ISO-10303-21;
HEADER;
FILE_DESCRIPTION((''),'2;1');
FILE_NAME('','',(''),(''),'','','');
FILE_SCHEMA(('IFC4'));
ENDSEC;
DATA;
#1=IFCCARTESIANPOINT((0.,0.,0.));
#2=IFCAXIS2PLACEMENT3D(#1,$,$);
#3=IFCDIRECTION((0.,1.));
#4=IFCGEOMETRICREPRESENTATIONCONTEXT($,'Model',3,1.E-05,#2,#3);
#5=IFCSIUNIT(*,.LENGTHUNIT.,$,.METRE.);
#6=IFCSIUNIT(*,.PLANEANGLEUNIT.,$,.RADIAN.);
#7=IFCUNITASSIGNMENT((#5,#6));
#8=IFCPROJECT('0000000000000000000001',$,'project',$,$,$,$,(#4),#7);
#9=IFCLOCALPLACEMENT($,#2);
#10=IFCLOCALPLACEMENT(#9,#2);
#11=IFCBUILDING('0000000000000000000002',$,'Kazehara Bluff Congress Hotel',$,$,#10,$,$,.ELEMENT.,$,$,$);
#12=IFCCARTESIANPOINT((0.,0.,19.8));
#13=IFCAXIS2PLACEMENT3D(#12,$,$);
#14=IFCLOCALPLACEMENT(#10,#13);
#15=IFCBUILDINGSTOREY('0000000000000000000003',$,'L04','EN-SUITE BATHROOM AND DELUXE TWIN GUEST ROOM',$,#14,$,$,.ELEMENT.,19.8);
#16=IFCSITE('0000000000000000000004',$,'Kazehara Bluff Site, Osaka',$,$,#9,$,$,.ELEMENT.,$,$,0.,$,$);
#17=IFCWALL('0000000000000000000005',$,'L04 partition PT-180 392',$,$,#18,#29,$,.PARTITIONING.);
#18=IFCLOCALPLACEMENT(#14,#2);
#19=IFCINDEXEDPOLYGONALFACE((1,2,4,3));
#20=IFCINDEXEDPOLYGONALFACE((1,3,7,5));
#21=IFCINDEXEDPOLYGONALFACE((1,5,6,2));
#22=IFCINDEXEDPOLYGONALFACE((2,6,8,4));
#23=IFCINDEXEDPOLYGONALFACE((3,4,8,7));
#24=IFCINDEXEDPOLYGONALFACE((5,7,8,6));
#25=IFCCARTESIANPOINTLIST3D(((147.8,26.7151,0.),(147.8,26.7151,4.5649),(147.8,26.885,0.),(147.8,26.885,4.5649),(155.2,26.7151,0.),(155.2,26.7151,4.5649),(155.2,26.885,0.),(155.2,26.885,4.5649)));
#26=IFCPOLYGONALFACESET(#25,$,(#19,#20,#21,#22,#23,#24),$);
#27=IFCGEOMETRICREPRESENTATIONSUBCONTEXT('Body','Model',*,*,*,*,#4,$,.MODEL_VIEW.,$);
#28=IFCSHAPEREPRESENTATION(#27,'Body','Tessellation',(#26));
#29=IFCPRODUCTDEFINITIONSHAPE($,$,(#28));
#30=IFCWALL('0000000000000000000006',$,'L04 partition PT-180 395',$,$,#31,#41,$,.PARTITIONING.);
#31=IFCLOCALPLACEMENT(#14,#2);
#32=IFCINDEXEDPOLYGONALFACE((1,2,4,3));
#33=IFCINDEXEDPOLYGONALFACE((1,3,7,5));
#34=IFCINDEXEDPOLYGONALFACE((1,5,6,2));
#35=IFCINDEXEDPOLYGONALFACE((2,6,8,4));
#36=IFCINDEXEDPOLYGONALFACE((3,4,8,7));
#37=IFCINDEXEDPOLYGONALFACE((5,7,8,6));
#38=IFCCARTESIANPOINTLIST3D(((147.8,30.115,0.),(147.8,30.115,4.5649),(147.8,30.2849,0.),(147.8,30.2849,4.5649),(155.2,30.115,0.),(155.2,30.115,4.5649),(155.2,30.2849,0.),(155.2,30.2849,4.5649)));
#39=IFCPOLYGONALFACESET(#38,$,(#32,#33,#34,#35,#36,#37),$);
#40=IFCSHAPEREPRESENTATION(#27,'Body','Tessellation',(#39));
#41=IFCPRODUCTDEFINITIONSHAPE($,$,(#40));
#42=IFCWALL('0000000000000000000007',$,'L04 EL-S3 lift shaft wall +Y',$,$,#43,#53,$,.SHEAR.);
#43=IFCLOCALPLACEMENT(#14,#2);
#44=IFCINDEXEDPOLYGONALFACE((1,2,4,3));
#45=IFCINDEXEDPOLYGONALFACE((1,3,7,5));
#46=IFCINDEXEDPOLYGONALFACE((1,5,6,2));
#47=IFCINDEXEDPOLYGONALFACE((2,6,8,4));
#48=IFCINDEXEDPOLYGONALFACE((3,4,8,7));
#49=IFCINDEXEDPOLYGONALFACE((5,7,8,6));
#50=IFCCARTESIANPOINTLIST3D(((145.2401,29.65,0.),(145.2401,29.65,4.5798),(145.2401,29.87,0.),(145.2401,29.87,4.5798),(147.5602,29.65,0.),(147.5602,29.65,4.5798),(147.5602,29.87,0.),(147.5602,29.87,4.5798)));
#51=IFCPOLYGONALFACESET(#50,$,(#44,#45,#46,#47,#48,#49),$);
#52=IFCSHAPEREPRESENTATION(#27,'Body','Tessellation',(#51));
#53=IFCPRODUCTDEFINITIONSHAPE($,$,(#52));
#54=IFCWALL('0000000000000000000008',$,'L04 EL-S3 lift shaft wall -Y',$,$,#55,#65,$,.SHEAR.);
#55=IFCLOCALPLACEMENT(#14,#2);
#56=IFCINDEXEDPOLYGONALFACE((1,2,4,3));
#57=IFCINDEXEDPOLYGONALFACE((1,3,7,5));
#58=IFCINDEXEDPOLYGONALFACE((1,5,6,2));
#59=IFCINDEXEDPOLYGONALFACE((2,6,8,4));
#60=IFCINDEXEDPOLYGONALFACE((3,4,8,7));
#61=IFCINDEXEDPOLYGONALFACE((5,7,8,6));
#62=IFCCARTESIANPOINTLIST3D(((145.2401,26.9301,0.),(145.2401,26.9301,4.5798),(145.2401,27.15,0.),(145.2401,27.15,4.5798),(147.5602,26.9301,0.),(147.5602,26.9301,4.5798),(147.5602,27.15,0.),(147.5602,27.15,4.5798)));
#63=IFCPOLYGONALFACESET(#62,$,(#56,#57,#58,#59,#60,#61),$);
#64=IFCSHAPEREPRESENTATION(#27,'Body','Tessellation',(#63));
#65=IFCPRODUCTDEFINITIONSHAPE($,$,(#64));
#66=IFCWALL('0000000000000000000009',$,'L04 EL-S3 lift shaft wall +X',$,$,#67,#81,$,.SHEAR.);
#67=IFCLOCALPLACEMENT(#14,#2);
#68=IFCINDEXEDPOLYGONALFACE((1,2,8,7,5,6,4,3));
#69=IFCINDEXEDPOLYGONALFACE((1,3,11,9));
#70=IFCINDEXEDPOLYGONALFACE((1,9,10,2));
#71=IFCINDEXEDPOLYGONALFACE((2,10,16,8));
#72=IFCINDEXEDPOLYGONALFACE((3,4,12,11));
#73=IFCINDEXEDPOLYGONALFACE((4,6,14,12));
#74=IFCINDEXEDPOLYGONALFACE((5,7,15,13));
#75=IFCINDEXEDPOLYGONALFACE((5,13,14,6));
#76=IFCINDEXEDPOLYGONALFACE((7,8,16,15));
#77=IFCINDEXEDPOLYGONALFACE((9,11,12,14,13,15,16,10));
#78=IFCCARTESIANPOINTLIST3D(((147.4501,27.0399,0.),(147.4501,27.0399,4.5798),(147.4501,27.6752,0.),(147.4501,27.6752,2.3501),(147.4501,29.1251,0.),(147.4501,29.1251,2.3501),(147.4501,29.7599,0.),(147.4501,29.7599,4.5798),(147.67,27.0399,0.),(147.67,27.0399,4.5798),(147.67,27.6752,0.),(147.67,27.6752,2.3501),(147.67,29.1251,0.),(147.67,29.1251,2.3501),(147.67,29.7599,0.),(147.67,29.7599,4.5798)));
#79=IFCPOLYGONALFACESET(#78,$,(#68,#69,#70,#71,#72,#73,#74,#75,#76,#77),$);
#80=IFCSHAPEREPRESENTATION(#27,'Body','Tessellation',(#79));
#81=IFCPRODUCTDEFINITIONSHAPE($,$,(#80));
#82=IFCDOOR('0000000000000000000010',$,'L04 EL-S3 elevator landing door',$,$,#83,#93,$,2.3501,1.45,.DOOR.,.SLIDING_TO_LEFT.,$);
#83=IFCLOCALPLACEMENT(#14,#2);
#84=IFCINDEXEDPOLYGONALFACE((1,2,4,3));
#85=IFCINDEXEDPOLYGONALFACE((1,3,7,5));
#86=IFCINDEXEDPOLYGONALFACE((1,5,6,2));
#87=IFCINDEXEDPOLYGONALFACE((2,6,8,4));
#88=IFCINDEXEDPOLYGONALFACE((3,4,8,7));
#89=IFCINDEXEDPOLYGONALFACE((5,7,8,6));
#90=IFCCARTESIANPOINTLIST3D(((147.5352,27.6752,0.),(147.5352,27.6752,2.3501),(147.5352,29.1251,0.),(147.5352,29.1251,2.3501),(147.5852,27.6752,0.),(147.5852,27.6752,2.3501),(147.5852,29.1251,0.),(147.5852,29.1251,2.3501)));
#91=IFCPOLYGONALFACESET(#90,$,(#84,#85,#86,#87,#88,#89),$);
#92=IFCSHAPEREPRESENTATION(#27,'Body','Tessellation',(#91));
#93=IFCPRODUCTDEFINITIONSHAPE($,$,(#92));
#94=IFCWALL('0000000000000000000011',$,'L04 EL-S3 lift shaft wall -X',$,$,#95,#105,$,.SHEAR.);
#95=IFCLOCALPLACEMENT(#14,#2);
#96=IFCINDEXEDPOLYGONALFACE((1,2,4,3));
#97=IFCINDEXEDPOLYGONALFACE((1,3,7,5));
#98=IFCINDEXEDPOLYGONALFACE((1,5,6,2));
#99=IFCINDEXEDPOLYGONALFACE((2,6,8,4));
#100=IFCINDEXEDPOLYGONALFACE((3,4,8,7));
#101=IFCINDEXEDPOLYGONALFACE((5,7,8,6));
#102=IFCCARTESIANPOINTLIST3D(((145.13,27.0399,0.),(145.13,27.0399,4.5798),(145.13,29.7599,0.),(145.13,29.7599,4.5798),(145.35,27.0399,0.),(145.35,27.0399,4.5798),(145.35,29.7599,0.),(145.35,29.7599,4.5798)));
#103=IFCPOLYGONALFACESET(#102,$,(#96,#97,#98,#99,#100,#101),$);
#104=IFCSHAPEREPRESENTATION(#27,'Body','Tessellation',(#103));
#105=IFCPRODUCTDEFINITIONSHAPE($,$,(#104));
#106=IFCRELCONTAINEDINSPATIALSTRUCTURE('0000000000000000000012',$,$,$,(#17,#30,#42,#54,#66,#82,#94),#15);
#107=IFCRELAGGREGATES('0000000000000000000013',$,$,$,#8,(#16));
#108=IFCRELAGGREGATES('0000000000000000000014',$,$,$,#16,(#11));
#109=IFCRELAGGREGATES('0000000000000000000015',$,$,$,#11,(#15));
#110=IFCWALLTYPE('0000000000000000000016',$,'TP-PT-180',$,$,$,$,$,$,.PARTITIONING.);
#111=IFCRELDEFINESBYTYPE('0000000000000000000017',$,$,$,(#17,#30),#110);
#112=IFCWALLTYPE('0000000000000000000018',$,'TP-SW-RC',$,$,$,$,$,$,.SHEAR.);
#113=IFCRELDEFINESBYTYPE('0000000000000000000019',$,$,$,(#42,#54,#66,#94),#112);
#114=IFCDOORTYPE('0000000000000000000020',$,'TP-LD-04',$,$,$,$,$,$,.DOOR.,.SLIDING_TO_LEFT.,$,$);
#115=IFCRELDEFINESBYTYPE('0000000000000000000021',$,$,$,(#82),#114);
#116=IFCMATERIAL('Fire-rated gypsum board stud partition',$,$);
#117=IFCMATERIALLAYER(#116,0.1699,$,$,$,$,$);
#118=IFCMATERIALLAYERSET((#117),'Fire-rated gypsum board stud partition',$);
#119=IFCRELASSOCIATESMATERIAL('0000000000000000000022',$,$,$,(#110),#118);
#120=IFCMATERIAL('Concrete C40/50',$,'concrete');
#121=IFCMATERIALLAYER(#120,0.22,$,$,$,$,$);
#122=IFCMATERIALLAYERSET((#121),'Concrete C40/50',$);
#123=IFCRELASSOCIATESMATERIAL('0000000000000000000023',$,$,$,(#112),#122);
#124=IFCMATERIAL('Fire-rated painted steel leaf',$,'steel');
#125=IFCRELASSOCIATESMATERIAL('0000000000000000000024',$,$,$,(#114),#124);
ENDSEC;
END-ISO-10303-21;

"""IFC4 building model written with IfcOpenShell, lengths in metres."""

from ifc_helpers import new_model, si_unit, direction, frame, frame_2d, origin, place, context, subcontext, project, spatial, rectangle, extrude, material, layer, layer_set, type_object, element, fill, save


model = new_model("IFC4")

# Units and contexts
model_context = context("Model", 3, precision=1e-05, world=origin(), true_north=direction((0.0, 1.0)))
body_context = subcontext(model_context, "Body", "Model", "MODEL_VIEW")
ifc_project = project(units=[si_unit("LENGTHUNIT", "METRE"), si_unit("PLANEANGLEUNIT", "RADIAN")], contexts=[model_context])

# Site, building, storey
site_placement = place(None, origin())
site = spatial("IfcSite", under=ifc_project, at=site_placement, Name="Kazehara Bluff Site, Osaka", CompositionType="ELEMENT", RefElevation=0.0)
building_placement = place(site_placement, origin())
building = spatial("IfcBuilding", under=site, at=building_placement, Name="Kazehara Bluff Congress Hotel", CompositionType="ELEMENT")
storey_placement = place(building_placement, frame((0.0, 0.0, 19.8)))
storey = spatial("IfcBuildingStorey", under=building, at=storey_placement, Name="L04", Description="EN-SUITE BATHROOM AND DELUXE TWIN GUEST ROOM", CompositionType="ELEMENT", Elevation=19.8)

# Walls
ifc_material_1 = material(Name="Fire-rated gypsum board stud partition")
ifc_layer_1 = layer(ifc_material_1, 0.1699)
ifc_layer_set_1 = layer_set([ifc_layer_1], Name="Fire-rated gypsum board stud partition")
wall_type_1 = type_object("IfcWallType", Name="TP-PT-180", PredefinedType="PARTITIONING", material=ifc_layer_set_1)
for number, where, z_axis, x_axis, name in (
    (1, (147.8, 26.8, 0.0), (0.0, 0.0, 1.0), (1.0, 0.0, 0.0), "L04 partition PT-180 392"),
    (2, (147.8, 30.2, 0.0), (0.0, 0.0, 1.0), (1.0, 0.0, 0.0), "L04 partition PT-180 395"),
):
    element("IfcWall", number, at=place(storey_placement, frame(where, z_axis=z_axis, x_axis=x_axis)), inside=storey, type_object=wall_type_1, Name=name, PredefinedType="PARTITIONING", context=body_context, shape_type="SweptSolid", body=[
        extrude(rectangle(XDim=7.3999, YDim=0.1699, at=frame_2d((3.7, 0.0))), origin(), (0.0, 0.0, 1.0), 4.5649),
    ])
ifc_material_2 = material(Name="Concrete C40/50", Category="concrete")
ifc_layer_2 = layer(ifc_material_2, 0.22)
ifc_layer_set_2 = layer_set([ifc_layer_2], Name="Concrete C40/50")
wall_type_2 = type_object("IfcWallType", Name="TP-SW-RC", PredefinedType="SHEAR", material=ifc_layer_set_2)
for number, where, z_axis, x_axis, name in (
    (3, (145.24, 29.76, 0.0), (0.0, 0.0, 1.0), (1.0, 0.0, 0.0), "L04 EL-S3 lift shaft wall +Y"),
    (4, (145.24, 27.04, 0.0), (0.0, 0.0, 1.0), (1.0, 0.0, 0.0), "L04 EL-S3 lift shaft wall -Y"),
):
    element("IfcWall", number, at=place(storey_placement, frame(where, z_axis=z_axis, x_axis=x_axis)), inside=storey, type_object=wall_type_2, Name=name, PredefinedType="SHEAR", context=body_context, shape_type="SweptSolid", body=[
        extrude(rectangle(XDim=2.3201, YDim=0.22, at=frame_2d((1.1602, 0.0))), origin(), (0.0, 0.0, 1.0), 4.5798),
    ])

# Wall, opening, door
wall_1_placement = place(storey_placement, frame((147.5601, 27.04, 0.0), z_axis=(0.0, 0.0, 1.0), x_axis=(0.0, 1.0, 0.0)))
wall_1 = element("IfcWall", 5, at=wall_1_placement, inside=storey, type_object=wall_type_2, Name="L04 EL-S3 lift shaft wall +X", PredefinedType="SHEAR", context=body_context, shape_type="SweptSolid", body=[
    extrude(rectangle(XDim=2.72, YDim=0.22, at=frame_2d((1.3599, 0.0))), origin(), (0.0, 0.0, 1.0), 4.5798),
])
opening_placement = place(wall_1_placement, frame((0.635, 0.0, 0.0)))
opening = element("IfcOpeningElement", 6, at=opening_placement, cuts=wall_1, PredefinedType="OPENING", context=body_context, shape_type="SweptSolid", body=[
    extrude(rectangle(XDim=1.45, YDim=2.3501, at=frame_2d((0.7251, 1.175))), frame((0.0, 0.1199, 0.0), z_axis=(0.0, -1.0, 0.0), x_axis=(1.0, 0.0, 0.0)), (0.0, 0.0, 1.0), 0.24),
])
ifc_material_3 = material(Name="Fire-rated painted steel leaf", Category="steel")
door_type = type_object("IfcDoorType", Name="TP-LD-04", OperationType="SLIDING_TO_LEFT", PredefinedType="DOOR", material=ifc_material_3)
door_placement = place(opening_placement, origin())
door = element("IfcDoor", 7, at=door_placement, inside=storey, type_object=door_type, Name="L04 EL-S3 elevator landing door", OperationType="SLIDING_TO_LEFT", OverallHeight=2.3501, OverallWidth=1.45, PredefinedType="DOOR", context=body_context, shape_type="SweptSolid", body=[
    extrude(rectangle(XDim=1.45, YDim=2.3501, at=frame_2d((0.7251, 1.175))), frame((0.0, 0.0249, 0.0), z_axis=(0.0, -1.0, 0.0), x_axis=(1.0, 0.0, 0.0)), (0.0, 0.0, 1.0), 0.05),
])
fill(opening, door)

# Wall
wall_2_placement = place(storey_placement, frame((145.24, 27.04, 0.0), z_axis=(0.0, 0.0, 1.0), x_axis=(0.0, 1.0, 0.0)))
element("IfcWall", 8, at=wall_2_placement, inside=storey, type_object=wall_type_2, Name="L04 EL-S3 lift shaft wall -X", PredefinedType="SHEAR", context=body_context, shape_type="SweptSolid", body=[
    extrude(rectangle(XDim=2.72, YDim=0.22, at=frame_2d((1.3599, 0.0))), origin(), (0.0, 0.0, 1.0), 4.5798),
])

save(model, "model.ifc")
